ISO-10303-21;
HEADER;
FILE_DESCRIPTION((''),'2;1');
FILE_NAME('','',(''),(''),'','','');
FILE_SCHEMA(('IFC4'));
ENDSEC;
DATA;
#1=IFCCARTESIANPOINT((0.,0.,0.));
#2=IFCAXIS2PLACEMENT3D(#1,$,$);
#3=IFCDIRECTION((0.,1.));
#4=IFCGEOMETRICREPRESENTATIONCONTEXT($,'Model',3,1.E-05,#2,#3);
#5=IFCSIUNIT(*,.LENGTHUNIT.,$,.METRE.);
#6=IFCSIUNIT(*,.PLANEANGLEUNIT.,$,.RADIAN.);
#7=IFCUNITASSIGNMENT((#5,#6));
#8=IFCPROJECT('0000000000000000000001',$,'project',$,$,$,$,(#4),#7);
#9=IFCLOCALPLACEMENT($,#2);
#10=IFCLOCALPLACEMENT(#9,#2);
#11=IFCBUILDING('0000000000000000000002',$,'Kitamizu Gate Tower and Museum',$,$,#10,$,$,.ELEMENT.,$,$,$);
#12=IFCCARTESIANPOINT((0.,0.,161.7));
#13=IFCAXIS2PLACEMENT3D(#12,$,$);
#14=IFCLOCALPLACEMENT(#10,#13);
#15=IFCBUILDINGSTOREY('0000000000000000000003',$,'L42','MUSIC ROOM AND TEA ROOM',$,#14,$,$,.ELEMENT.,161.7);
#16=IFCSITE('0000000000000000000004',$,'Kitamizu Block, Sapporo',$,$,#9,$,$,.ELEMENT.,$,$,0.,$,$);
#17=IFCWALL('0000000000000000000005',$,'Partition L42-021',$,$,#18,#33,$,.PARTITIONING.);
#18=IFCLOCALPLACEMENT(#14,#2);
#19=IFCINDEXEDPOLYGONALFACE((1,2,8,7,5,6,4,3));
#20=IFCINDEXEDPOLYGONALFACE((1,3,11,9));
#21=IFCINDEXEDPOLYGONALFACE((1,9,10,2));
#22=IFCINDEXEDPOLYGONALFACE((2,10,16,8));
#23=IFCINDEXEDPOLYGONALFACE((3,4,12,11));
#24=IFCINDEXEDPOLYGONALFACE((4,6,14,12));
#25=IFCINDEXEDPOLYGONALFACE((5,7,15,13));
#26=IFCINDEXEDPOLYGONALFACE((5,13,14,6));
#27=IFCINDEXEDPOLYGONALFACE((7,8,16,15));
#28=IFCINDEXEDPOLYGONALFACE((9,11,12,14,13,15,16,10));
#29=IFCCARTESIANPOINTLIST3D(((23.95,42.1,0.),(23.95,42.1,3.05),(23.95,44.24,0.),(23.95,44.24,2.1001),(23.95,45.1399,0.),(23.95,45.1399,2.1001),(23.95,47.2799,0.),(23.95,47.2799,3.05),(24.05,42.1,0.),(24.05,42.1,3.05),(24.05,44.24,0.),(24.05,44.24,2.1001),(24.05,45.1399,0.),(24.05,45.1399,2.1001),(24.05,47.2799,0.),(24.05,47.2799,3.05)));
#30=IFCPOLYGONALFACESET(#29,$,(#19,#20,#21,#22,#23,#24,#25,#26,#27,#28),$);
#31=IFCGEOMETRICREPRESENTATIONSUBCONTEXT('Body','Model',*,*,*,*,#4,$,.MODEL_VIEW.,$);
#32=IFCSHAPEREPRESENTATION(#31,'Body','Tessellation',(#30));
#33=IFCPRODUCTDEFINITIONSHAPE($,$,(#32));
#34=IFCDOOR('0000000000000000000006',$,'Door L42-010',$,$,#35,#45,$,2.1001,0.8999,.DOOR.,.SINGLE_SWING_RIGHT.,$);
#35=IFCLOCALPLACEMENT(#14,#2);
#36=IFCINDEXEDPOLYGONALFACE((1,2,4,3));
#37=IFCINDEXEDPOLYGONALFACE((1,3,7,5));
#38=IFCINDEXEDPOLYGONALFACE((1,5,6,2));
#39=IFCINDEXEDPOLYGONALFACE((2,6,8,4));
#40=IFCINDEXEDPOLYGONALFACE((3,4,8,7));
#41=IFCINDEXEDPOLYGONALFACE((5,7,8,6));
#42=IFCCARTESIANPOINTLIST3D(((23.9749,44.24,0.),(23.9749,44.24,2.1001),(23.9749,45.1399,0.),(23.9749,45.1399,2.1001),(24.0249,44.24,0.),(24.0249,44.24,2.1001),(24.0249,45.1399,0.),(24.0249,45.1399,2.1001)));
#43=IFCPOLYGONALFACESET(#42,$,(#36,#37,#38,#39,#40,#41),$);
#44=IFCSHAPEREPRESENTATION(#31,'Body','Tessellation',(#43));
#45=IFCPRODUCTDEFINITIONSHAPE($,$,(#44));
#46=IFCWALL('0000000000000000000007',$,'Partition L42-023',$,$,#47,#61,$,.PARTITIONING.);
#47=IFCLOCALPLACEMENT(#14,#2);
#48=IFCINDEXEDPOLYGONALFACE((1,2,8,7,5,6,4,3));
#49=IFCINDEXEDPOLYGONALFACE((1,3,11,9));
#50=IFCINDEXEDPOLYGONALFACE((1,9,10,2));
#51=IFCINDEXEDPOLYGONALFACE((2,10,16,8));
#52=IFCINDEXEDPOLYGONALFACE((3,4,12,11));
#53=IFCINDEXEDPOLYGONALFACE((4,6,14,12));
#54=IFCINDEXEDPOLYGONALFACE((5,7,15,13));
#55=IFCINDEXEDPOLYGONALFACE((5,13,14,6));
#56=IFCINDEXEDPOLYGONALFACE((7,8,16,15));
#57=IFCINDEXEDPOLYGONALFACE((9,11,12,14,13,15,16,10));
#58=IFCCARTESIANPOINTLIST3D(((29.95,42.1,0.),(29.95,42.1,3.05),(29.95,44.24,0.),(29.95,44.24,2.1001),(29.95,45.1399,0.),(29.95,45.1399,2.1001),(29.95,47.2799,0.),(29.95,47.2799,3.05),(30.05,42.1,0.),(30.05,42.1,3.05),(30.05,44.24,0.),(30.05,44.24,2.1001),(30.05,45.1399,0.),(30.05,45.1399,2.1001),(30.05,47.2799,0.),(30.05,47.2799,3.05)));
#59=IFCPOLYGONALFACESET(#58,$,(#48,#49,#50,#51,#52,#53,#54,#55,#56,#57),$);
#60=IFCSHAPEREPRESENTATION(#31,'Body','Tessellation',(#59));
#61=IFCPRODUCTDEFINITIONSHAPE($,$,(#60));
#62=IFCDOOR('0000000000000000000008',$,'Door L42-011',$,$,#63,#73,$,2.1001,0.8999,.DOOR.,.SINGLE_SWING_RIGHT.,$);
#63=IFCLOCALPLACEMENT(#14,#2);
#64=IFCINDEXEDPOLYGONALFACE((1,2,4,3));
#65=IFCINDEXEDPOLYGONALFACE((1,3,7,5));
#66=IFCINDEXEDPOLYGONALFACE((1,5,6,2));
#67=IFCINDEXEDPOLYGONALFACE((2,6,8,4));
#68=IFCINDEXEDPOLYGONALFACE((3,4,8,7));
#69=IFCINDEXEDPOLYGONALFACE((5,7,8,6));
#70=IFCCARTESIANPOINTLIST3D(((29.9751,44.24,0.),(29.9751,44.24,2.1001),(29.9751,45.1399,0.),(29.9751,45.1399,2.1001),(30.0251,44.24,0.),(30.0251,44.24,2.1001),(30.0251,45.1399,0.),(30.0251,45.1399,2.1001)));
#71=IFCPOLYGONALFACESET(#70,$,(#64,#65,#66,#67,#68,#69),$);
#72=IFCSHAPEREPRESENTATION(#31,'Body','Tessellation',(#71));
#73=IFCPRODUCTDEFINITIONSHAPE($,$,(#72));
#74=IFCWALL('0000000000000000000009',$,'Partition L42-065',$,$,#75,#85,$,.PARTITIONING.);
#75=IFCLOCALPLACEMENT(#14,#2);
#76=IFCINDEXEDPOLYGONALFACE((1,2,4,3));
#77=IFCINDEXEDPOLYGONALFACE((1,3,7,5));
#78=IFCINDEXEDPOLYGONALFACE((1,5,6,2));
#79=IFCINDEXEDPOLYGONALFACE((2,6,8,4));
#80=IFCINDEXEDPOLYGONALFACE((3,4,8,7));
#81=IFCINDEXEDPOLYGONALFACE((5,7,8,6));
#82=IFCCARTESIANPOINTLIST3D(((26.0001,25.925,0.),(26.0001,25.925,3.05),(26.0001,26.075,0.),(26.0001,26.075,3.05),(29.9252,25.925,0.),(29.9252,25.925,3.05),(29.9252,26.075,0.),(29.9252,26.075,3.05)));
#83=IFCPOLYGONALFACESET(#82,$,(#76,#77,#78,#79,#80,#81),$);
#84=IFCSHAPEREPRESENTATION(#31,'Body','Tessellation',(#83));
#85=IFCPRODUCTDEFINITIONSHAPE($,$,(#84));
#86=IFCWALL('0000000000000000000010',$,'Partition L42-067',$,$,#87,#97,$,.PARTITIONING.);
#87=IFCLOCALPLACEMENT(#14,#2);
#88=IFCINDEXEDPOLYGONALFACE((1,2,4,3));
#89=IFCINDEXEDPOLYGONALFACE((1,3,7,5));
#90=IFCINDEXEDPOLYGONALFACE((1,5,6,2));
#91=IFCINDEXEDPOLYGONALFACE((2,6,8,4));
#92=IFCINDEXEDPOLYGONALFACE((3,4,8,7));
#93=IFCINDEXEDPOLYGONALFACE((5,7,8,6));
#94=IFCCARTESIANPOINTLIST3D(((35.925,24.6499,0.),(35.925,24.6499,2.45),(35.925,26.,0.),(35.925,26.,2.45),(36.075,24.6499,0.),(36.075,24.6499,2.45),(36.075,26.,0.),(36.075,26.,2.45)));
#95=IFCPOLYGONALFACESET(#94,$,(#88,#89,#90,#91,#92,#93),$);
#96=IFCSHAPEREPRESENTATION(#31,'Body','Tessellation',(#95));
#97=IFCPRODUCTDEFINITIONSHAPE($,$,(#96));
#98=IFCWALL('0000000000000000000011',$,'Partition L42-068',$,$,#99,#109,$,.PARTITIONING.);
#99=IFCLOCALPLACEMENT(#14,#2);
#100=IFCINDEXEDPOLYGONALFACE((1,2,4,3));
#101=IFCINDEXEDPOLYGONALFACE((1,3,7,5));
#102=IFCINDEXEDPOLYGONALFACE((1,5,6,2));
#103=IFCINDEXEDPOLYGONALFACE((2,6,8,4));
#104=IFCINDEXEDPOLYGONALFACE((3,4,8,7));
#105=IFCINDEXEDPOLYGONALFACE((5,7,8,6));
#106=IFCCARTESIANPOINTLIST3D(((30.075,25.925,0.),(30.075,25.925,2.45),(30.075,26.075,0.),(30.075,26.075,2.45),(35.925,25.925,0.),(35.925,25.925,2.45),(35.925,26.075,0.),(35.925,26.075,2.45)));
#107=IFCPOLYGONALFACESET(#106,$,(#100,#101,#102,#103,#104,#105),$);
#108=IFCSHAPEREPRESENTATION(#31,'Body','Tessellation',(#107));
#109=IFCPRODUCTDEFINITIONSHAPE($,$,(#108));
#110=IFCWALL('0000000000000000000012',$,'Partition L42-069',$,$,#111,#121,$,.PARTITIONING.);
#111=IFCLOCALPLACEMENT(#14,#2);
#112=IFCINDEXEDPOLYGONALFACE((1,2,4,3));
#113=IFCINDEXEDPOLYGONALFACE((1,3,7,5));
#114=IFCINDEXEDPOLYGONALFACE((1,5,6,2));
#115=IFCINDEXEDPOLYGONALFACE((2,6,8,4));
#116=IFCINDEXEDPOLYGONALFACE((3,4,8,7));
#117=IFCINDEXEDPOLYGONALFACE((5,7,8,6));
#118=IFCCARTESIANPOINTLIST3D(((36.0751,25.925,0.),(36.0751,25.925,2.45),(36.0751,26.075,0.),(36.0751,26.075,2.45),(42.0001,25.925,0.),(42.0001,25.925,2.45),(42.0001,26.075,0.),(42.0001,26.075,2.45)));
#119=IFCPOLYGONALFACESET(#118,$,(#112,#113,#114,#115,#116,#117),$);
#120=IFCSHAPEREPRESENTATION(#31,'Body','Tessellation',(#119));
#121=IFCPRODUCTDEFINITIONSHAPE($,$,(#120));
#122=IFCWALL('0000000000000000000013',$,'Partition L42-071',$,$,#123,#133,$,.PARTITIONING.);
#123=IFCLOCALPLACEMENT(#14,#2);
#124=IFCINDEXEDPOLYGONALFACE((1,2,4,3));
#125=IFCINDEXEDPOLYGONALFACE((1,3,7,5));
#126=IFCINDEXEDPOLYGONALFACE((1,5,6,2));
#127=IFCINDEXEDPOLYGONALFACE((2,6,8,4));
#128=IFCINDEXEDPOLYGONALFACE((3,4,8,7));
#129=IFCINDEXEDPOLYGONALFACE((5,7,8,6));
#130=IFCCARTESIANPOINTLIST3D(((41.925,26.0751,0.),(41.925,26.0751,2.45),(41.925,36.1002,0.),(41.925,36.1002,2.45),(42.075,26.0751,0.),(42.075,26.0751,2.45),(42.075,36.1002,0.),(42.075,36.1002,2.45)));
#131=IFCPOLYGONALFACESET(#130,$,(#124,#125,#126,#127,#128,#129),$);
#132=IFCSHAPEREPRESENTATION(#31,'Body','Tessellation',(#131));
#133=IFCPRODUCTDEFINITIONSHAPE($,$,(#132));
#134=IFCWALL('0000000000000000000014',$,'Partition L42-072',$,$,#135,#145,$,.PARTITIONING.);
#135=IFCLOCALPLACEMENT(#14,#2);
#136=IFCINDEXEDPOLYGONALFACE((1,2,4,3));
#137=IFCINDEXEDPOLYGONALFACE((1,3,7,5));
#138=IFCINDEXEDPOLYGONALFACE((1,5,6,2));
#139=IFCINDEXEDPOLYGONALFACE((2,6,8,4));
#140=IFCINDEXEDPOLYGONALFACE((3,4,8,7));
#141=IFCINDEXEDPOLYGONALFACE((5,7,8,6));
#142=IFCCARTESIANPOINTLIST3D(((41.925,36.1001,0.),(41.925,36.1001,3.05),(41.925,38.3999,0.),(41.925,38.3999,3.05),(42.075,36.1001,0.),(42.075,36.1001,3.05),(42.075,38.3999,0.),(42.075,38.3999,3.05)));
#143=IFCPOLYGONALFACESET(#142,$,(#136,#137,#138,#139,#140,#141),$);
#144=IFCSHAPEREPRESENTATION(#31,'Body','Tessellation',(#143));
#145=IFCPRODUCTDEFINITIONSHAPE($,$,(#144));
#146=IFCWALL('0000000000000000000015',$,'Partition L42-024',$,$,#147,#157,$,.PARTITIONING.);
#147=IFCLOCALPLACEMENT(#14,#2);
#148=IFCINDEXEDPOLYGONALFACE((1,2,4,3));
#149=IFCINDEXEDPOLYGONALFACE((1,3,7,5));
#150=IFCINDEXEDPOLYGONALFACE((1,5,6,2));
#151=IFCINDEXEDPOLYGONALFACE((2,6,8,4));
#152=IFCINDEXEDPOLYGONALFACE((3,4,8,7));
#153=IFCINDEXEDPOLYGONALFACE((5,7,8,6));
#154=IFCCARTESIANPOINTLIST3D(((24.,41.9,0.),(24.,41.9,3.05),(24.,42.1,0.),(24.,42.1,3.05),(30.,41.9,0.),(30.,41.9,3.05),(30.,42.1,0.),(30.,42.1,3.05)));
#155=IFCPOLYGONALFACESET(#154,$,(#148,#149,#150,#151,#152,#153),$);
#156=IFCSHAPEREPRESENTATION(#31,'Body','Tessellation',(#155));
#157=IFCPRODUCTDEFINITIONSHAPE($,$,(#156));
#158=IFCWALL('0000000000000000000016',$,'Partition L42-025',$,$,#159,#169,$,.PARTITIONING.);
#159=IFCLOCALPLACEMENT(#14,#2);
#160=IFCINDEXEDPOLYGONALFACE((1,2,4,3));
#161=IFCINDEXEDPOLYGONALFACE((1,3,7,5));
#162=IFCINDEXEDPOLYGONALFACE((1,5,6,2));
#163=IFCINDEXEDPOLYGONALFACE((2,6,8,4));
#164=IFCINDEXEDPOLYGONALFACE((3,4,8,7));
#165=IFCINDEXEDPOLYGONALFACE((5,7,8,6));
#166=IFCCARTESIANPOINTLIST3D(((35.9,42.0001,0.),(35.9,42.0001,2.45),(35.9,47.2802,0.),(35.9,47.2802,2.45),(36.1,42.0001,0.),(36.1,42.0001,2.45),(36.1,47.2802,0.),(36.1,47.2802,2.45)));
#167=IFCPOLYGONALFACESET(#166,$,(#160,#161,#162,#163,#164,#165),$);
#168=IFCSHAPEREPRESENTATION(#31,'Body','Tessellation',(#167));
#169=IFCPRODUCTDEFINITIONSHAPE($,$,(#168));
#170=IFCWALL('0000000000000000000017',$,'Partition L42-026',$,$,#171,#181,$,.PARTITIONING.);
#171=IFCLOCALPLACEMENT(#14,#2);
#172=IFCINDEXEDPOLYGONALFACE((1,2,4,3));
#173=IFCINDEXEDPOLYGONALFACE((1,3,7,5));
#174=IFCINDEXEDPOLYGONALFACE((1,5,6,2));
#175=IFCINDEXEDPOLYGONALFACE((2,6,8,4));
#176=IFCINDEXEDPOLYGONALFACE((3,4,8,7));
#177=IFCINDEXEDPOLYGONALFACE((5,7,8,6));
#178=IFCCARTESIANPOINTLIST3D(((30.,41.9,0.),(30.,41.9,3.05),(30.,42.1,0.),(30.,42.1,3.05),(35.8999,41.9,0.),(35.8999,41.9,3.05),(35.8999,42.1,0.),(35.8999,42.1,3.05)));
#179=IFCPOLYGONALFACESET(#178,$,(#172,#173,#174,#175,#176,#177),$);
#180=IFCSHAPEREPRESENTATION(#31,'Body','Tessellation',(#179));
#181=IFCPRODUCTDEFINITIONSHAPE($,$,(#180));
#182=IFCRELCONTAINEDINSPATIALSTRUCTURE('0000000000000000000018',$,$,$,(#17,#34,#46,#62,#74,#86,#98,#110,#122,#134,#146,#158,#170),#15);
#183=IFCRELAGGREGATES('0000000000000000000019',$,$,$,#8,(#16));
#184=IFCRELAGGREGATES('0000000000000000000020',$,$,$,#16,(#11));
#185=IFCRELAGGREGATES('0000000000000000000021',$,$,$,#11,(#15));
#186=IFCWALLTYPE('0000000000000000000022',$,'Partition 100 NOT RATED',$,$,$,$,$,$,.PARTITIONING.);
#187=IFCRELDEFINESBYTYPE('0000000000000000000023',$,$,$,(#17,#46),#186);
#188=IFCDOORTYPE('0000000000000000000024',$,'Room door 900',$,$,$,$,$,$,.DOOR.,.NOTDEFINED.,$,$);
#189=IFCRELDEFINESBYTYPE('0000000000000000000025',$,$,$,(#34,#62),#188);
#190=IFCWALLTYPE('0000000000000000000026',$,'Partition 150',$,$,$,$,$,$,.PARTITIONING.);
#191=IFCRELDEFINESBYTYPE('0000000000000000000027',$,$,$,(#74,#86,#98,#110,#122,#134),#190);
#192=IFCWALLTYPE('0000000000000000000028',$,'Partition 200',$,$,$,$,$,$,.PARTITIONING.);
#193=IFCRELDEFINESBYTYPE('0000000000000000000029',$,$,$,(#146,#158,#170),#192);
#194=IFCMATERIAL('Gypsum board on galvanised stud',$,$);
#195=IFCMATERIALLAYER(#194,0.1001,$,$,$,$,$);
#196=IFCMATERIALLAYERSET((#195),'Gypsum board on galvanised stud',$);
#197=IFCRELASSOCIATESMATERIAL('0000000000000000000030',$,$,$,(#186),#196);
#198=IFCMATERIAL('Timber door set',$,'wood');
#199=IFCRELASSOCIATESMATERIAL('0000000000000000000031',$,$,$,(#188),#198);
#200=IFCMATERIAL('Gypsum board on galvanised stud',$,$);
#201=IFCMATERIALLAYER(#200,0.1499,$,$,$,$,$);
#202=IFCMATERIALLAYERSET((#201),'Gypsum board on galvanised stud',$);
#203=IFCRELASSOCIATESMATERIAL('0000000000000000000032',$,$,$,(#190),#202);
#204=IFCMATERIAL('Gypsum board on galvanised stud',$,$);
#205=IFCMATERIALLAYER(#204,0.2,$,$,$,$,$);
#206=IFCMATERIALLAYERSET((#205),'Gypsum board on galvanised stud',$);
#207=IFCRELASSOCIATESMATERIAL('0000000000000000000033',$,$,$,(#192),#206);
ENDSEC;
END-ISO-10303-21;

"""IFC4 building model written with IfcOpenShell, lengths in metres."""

from ifc_helpers import new_model, si_unit, direction, frame, frame_2d, origin, place, context, subcontext, project, spatial, rectangle, extrude, material, layer, layer_set, type_object, element, fill, save


model = new_model("IFC4")

# Units and contexts
model_context = context("Model", 3, precision=1e-05, world=origin(), true_north=direction((0.0, 1.0)))
body_context = subcontext(model_context, "Body", "Model", "MODEL_VIEW")
ifc_project = project(units=[si_unit("LENGTHUNIT", "METRE"), si_unit("PLANEANGLEUNIT", "RADIAN")], contexts=[model_context])

# Site, building, storey
site_placement = place(None, origin())
site = spatial("IfcSite", under=ifc_project, at=site_placement, Name="Kitamizu Block, Sapporo", CompositionType="ELEMENT", RefElevation=0.0)
building_placement = place(site_placement, origin())
building = spatial("IfcBuilding", under=site, at=building_placement, Name="Kitamizu Gate Tower and Museum", CompositionType="ELEMENT")
storey_placement = place(building_placement, frame((0.0, 0.0, 161.7)))
storey = spatial("IfcBuildingStorey", under=building, at=storey_placement, Name="L42", Description="MUSIC ROOM AND TEA ROOM", CompositionType="ELEMENT", Elevation=161.7)

# Walls, openings, doors
ifc_material_1 = material(Name="Gypsum board on galvanised stud")
ifc_layer_1 = layer(ifc_material_1, 0.1001)
ifc_layer_set_1 = layer_set([ifc_layer_1], Name="Gypsum board on galvanised stud")
wall_type_1 = type_object("IfcWallType", Name="Partition 100 NOT RATED", PredefinedType="PARTITIONING", material=ifc_layer_set_1)
wall_1_placement = place(storey_placement, frame((24.0, 42.1001, 0.0), z_axis=(0.0, 0.0, 1.0), x_axis=(0.0, 1.0, 0.0)))
wall_1 = element("IfcWall", 1, at=wall_1_placement, inside=storey, type_object=wall_type_1, Name="Partition L42-021", PredefinedType="PARTITIONING", context=body_context, shape_type="SweptSolid", body=[
    extrude(rectangle(XDim=5.1799, YDim=0.1001, at=frame_2d((2.5898, 0.0))), origin(), (0.0, 0.0, 1.0), 3.05),
])
opening_1_placement = place(wall_1_placement, frame((2.1399, 0.0, 0.0)))
opening_1 = element("IfcOpeningElement", 2, at=opening_1_placement, cuts=wall_1, PredefinedType="OPENING", context=body_context, shape_type="SweptSolid", body=[
    extrude(rectangle(XDim=0.8999, YDim=2.1001, at=frame_2d((0.45, 1.05))), frame((0.0, 0.0601, 0.0), z_axis=(0.0, -1.0, 0.0), x_axis=(1.0, 0.0, 0.0)), (0.0, 0.0, 1.0), 0.1201),
])
ifc_material_2 = material(Name="Timber door set", Category="wood")
door_type_1 = type_object("IfcDoorType", Name="Room door 900", OperationType="NOTDEFINED", PredefinedType="DOOR", material=ifc_material_2)
door_1_placement = place(opening_1_placement, frame((0.8999, 0.0, 0.0), x_axis=(-1.0, 0.0, 0.0)))
door_1 = element("IfcDoor", 3, at=door_1_placement, inside=storey, type_object=door_type_1, Name="Door L42-010", OperationType="SINGLE_SWING_RIGHT", OverallHeight=2.1001, OverallWidth=0.8999, PredefinedType="DOOR", context=body_context, shape_type="SweptSolid", body=[
    extrude(rectangle(XDim=0.8999, YDim=2.1001, at=frame_2d((0.45, 1.05))), frame((0.0, 0.0249, 0.0), z_axis=(0.0, -1.0, 0.0), x_axis=(1.0, 0.0, 0.0)), (0.0, 0.0, 1.0), 0.05),
])
fill(opening_1, door_1)
wall_2_placement = place(storey_placement, frame((30.0, 42.1001, 0.0), z_axis=(0.0, 0.0, 1.0), x_axis=(0.0, 1.0, 0.0)))
wall_2 = element("IfcWall", 4, at=wall_2_placement, inside=storey, type_object=wall_type_1, Name="Partition L42-023", PredefinedType="PARTITIONING", context=body_context, shape_type="SweptSolid", body=[
    extrude(rectangle(XDim=5.1799, YDim=0.1001, at=frame_2d((2.5898, 0.0))), origin(), (0.0, 0.0, 1.0), 3.05),
])
opening_2_placement = place(wall_2_placement, frame((2.1399, 0.0, 0.0)))
opening_2 = element("IfcOpeningElement", 5, at=opening_2_placement, cuts=wall_2, PredefinedType="OPENING", context=body_context, shape_type="SweptSolid", body=[
    extrude(rectangle(XDim=0.8999, YDim=2.1001, at=frame_2d((0.45, 1.05))), frame((0.0, 0.0601, 0.0), z_axis=(0.0, -1.0, 0.0), x_axis=(1.0, 0.0, 0.0)), (0.0, 0.0, 1.0), 0.1201),
])
door_2_placement = place(opening_2_placement, origin())
door_2 = element("IfcDoor", 6, at=door_2_placement, inside=storey, type_object=door_type_1, Name="Door L42-011", OperationType="SINGLE_SWING_RIGHT", OverallHeight=2.1001, OverallWidth=0.8999, PredefinedType="DOOR", context=body_context, shape_type="SweptSolid", body=[
    extrude(rectangle(XDim=0.8999, YDim=2.1001, at=frame_2d((0.45, 1.05))), frame((0.0, 0.0249, 0.0), z_axis=(0.0, -1.0, 0.0), x_axis=(1.0, 0.0, 0.0)), (0.0, 0.0, 1.0), 0.05),
])
fill(opening_2, door_2)

# Walls
ifc_material_3 = material(Name="Gypsum board on galvanised stud")
ifc_layer_2 = layer(ifc_material_3, 0.1499)
ifc_layer_set_2 = layer_set([ifc_layer_2], Name="Gypsum board on galvanised stud")
wall_type_2 = type_object("IfcWallType", Name="Partition 150", PredefinedType="PARTITIONING", material=ifc_layer_set_2)
wall_3_placement = place(storey_placement, frame((29.925, 26.0, 0.0), z_axis=(0.0, 0.0, 1.0), x_axis=(-1.0, 0.0, 0.0)))
element("IfcWall", 7, at=wall_3_placement, inside=storey, type_object=wall_type_2, Name="Partition L42-065", PredefinedType="PARTITIONING", context=body_context, shape_type="SweptSolid", body=[
    extrude(rectangle(XDim=3.925, YDim=0.1499, at=frame_2d((1.9624, 0.0))), origin(), (0.0, 0.0, 1.0), 3.05),
])
wall_4_placement = place(storey_placement, frame((36.0, 24.6499, 0.0), z_axis=(0.0, 0.0, 1.0), x_axis=(0.0, 1.0, 0.0)))
element("IfcWall", 8, at=wall_4_placement, inside=storey, type_object=wall_type_2, Name="Partition L42-067", PredefinedType="PARTITIONING", context=body_context, shape_type="SweptSolid", body=[
    extrude(rectangle(XDim=1.3501, YDim=0.1499, at=frame_2d((0.675, 0.0))), origin(), (0.0, 0.0, 1.0), 2.45),
])
wall_5_placement = place(storey_placement, frame((35.925, 26.0, 0.0), z_axis=(0.0, 0.0, 1.0), x_axis=(-1.0, 0.0, 0.0)))
element("IfcWall", 9, at=wall_5_placement, inside=storey, type_object=wall_type_2, Name="Partition L42-068", PredefinedType="PARTITIONING", context=body_context, shape_type="SweptSolid", body=[
    extrude(rectangle(XDim=5.8501, YDim=0.1499, at=frame_2d((2.925, 0.0))), origin(), (0.0, 0.0, 1.0), 2.45),
])
wall_6_placement = place(storey_placement, frame((42.0, 26.0, 0.0), z_axis=(0.0, 0.0, 1.0), x_axis=(-1.0, 0.0, 0.0)))
element("IfcWall", 10, at=wall_6_placement, inside=storey, type_object=wall_type_2, Name="Partition L42-069", PredefinedType="PARTITIONING", context=body_context, shape_type="SweptSolid", body=[
    extrude(rectangle(XDim=5.925, YDim=0.1499, at=frame_2d((2.9624, 0.0))), origin(), (0.0, 0.0, 1.0), 2.45),
])
wall_7_placement = place(storey_placement, frame((42.0, 26.075, 0.0), z_axis=(0.0, 0.0, 1.0), x_axis=(0.0, 1.0, 0.0)))
element("IfcWall", 11, at=wall_7_placement, inside=storey, type_object=wall_type_2, Name="Partition L42-071", PredefinedType="PARTITIONING", context=body_context, shape_type="SweptSolid", body=[
    extrude(rectangle(XDim=10.0251, YDim=0.1499, at=frame_2d((5.0127, 0.0))), origin(), (0.0, 0.0, 1.0), 2.45),
])
wall_8_placement = place(storey_placement, frame((42.0, 36.1001, 0.0), z_axis=(0.0, 0.0, 1.0), x_axis=(0.0, 1.0, 0.0)))
element("IfcWall", 12, at=wall_8_placement, inside=storey, type_object=wall_type_2, Name="Partition L42-072", PredefinedType="PARTITIONING", context=body_context, shape_type="SweptSolid", body=[
    extrude(rectangle(XDim=2.2998, YDim=0.1499, at=frame_2d((1.1499, 0.0))), origin(), (0.0, 0.0, 1.0), 3.05),
])
ifc_material_4 = material(Name="Gypsum board on galvanised stud")
ifc_layer_3 = layer(ifc_material_4, 0.2)
ifc_layer_set_3 = layer_set([ifc_layer_3], Name="Gypsum board on galvanised stud")
wall_type_3 = type_object("IfcWallType", Name="Partition 200", PredefinedType="PARTITIONING", material=ifc_layer_set_3)
wall_9_placement = place(storey_placement, frame((24.0, 42.0, 0.0), z_axis=(0.0, 0.0, 1.0), x_axis=(1.0, 0.0, 0.0)))
element("IfcWall", 13, at=wall_9_placement, inside=storey, type_object=wall_type_3, Name="Partition L42-024", PredefinedType="PARTITIONING", context=body_context, shape_type="SweptSolid", body=[
    extrude(rectangle(XDim=6.0, YDim=0.2, at=frame_2d((3.0, 0.0))), origin(), (0.0, 0.0, 1.0), 3.05),
])
wall_10_placement = place(storey_placement, frame((36.0, 42.0, 0.0), z_axis=(0.0, 0.0, 1.0), x_axis=(0.0, 1.0, 0.0)))
element("IfcWall", 14, at=wall_10_placement, inside=storey, type_object=wall_type_3, Name="Partition L42-025", PredefinedType="PARTITIONING", context=body_context, shape_type="SweptSolid", body=[
    extrude(rectangle(XDim=5.28, YDim=0.2, at=frame_2d((2.6401, 0.0))), origin(), (0.0, 0.0, 1.0), 2.45),
])
wall_11_placement = place(storey_placement, frame((30.0, 42.0, 0.0), z_axis=(0.0, 0.0, 1.0), x_axis=(1.0, 0.0, 0.0)))
element("IfcWall", 15, at=wall_11_placement, inside=storey, type_object=wall_type_3, Name="Partition L42-026", PredefinedType="PARTITIONING", context=body_context, shape_type="SweptSolid", body=[
    extrude(rectangle(XDim=5.8999, YDim=0.2, at=frame_2d((2.95, 0.0))), origin(), (0.0, 0.0, 1.0), 3.05),
])

save(model, "model.ifc")
